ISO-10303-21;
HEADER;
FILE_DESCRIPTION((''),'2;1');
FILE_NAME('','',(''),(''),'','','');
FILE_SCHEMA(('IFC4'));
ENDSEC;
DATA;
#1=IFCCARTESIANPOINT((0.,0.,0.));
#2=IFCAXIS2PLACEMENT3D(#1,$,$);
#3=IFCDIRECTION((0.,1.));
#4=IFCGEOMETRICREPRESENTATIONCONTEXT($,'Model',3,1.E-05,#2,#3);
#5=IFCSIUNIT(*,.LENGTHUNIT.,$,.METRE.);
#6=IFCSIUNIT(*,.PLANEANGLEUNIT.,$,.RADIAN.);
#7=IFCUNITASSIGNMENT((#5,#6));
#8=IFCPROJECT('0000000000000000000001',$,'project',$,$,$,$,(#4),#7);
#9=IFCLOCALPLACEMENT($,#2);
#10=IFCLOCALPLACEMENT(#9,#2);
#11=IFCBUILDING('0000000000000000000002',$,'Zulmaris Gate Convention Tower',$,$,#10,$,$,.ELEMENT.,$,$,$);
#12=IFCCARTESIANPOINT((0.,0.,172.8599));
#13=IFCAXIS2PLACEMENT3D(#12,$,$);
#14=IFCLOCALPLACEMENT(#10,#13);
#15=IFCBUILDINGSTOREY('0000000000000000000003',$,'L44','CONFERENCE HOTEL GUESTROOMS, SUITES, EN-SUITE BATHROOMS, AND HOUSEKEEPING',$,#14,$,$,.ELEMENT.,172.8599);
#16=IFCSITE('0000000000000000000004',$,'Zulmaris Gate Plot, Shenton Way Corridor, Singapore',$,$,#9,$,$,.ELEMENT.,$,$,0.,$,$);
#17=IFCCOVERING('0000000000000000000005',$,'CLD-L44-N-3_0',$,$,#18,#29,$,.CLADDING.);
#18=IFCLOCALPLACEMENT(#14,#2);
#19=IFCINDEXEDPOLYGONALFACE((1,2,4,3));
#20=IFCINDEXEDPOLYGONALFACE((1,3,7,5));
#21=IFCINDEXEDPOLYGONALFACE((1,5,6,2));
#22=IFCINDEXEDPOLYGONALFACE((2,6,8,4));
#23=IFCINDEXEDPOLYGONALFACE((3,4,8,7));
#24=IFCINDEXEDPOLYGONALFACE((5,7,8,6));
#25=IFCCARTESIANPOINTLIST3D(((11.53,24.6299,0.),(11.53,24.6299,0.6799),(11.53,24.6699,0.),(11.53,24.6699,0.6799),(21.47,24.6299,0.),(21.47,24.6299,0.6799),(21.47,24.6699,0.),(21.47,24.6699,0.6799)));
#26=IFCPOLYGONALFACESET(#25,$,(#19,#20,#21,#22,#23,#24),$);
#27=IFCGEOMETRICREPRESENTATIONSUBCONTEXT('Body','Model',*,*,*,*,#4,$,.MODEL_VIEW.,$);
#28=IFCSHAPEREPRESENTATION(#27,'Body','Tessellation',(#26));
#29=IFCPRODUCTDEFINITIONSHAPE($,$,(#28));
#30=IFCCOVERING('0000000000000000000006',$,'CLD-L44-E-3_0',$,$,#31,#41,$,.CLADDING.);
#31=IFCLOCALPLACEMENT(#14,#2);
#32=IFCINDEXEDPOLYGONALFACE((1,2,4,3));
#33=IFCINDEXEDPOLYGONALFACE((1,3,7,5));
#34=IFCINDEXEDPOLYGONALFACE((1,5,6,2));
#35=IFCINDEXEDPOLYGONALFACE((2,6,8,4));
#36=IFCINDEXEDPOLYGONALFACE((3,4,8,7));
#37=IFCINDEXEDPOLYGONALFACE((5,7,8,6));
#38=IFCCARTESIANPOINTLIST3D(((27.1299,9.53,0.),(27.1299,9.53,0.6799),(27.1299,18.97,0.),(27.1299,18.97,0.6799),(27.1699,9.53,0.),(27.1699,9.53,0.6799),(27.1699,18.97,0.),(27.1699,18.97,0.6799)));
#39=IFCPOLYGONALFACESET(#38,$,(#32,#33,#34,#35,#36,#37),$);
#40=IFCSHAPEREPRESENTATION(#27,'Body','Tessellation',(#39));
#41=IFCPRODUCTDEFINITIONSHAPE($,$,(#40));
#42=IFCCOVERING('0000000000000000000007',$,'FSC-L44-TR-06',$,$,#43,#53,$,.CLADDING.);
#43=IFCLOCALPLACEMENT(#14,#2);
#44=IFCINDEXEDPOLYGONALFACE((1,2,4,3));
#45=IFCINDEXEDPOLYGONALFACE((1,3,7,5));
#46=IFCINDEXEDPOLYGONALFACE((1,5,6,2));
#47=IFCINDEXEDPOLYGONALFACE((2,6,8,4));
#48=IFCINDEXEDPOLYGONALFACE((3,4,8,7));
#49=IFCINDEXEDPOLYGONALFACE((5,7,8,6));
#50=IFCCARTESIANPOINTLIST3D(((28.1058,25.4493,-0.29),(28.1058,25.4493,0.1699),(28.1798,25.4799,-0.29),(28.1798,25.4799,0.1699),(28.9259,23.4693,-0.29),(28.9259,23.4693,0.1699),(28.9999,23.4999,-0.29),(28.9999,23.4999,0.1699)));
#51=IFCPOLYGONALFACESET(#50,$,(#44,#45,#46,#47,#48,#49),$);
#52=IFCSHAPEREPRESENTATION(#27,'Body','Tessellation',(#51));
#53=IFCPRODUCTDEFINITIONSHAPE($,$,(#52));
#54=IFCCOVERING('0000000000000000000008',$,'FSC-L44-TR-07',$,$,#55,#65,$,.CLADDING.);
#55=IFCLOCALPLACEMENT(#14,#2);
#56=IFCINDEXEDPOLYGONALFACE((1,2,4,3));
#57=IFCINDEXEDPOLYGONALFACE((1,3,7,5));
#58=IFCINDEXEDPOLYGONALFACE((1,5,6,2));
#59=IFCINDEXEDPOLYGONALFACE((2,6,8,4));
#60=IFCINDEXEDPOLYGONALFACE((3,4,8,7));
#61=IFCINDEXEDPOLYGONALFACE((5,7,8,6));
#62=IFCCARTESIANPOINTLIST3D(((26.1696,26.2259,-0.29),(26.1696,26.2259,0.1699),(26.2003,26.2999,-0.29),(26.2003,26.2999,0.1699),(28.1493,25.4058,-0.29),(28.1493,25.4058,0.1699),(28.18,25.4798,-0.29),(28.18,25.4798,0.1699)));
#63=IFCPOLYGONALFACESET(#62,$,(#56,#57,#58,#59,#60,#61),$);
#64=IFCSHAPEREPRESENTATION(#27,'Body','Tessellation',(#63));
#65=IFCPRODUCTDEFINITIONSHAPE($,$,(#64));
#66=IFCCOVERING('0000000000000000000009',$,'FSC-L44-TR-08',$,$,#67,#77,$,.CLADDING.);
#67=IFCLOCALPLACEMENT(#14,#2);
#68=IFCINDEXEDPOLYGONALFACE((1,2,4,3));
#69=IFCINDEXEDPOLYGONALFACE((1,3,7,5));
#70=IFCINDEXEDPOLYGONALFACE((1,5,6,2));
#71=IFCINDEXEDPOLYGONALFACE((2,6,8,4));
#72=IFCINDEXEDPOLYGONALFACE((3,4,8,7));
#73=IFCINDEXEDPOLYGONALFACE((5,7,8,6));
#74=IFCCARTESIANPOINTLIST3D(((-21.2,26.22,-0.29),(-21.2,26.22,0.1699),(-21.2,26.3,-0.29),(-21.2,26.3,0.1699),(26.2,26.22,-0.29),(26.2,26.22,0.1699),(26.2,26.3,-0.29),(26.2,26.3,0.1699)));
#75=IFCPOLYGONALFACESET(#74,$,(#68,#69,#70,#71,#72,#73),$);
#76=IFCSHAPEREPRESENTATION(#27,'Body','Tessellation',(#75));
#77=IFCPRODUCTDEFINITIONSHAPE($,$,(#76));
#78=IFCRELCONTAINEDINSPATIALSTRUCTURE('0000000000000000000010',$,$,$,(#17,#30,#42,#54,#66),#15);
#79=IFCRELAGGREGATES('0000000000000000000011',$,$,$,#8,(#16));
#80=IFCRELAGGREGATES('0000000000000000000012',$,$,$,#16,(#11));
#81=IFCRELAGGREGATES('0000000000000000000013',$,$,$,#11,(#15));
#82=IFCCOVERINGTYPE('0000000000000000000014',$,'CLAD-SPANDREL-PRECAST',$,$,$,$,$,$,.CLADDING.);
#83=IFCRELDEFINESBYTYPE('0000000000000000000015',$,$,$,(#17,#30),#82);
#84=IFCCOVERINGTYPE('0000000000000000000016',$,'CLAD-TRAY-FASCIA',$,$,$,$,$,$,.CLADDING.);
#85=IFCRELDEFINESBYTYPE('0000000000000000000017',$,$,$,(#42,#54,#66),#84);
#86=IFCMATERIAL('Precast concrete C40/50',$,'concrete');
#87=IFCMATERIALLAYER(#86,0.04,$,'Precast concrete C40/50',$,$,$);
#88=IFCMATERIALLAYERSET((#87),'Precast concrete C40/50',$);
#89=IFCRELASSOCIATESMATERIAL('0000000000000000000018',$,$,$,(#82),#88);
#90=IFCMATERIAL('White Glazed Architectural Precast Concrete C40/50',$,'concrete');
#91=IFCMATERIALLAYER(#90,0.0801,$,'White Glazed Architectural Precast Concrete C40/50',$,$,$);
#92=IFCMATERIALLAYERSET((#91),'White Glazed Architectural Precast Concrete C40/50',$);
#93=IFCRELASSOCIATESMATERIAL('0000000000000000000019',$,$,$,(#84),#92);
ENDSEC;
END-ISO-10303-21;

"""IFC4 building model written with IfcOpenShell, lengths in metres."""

from ifc_helpers import new_model, si_unit, direction, frame, frame_2d, origin, place, context, subcontext, project, spatial, rectangle, extrude, material, layer, layer_set, type_object, element, save


model = new_model("IFC4")

# Units and contexts
model_context = context("Model", 3, precision=1e-05, world=origin(), true_north=direction((0.0, 1.0)))
body_context = subcontext(model_context, "Body", "Model", "MODEL_VIEW")
ifc_project = project(units=[si_unit("LENGTHUNIT", "METRE"), si_unit("PLANEANGLEUNIT", "RADIAN")], contexts=[model_context])

# Site, building, storey
site_placement = place(None, origin())
site = spatial("IfcSite", under=ifc_project, at=site_placement, Name="Zulmaris Gate Plot, Shenton Way Corridor, Singapore", CompositionType="ELEMENT", RefElevation=0.0)
building_placement = place(site_placement, origin())
building = spatial("IfcBuilding", under=site, at=building_placement, Name="Zulmaris Gate Convention Tower", CompositionType="ELEMENT")
storey_placement = place(building_placement, frame((0.0, 0.0, 172.8599)))
storey = spatial("IfcBuildingStorey", under=building, at=storey_placement, Name="L44", Description="CONFERENCE HOTEL GUESTROOMS, SUITES, EN-SUITE BATHROOMS, AND HOUSEKEEPING", CompositionType="ELEMENT", Elevation=172.8599)

# Shared definitions
ifc_material_1 = material(Name="Precast concrete C40/50", Category="concrete")

# Coverings
ifc_layer_1 = layer(ifc_material_1, 0.04, Name="Precast concrete C40/50")
ifc_layer_set_1 = layer_set([ifc_layer_1], Name="Precast concrete C40/50")
covering_type_1 = type_object("IfcCoveringType", Name="CLAD-SPANDREL-PRECAST", PredefinedType="CLADDING", material=ifc_layer_set_1)
covering_1_placement = place(storey_placement, frame((21.47, 24.6499, 0.0), z_axis=(0.0, 0.0, 1.0), x_axis=(-1.0, 0.0, 0.0)))
element("IfcCovering", 1, at=covering_1_placement, inside=storey, type_object=covering_type_1, Name="CLD-L44-N-3_0", PredefinedType="CLADDING", context=body_context, shape_type="SweptSolid", body=[
    extrude(rectangle(XDim=9.9399, YDim=0.04, at=frame_2d((4.97, 0.0))), origin(), (0.0, 0.0, 1.0), 0.6799),
])
covering_2_placement = place(storey_placement, frame((27.1499, 9.53, 0.0), z_axis=(0.0, 0.0, 1.0), x_axis=(0.0, 1.0, 0.0)))
element("IfcCovering", 2, at=covering_2_placement, inside=storey, type_object=covering_type_1, Name="CLD-L44-E-3_0", PredefinedType="CLADDING", context=body_context, shape_type="SweptSolid", body=[
    extrude(rectangle(XDim=9.4399, YDim=0.04, at=frame_2d((4.72, 0.0))), origin(), (0.0, 0.0, 1.0), 0.6799),
])
ifc_material_2 = material(Name="White Glazed Architectural Precast Concrete C40/50", Category="concrete")
ifc_layer_2 = layer(ifc_material_2, 0.0801, Name="White Glazed Architectural Precast Concrete C40/50")
ifc_layer_set_2 = layer_set([ifc_layer_2], Name="White Glazed Architectural Precast Concrete C40/50")
covering_type_2 = type_object("IfcCoveringType", Name="CLAD-TRAY-FASCIA", PredefinedType="CLADDING", material=ifc_layer_set_2)
covering_3_placement = place(storey_placement, frame((28.9629, 23.4846, -0.29), z_axis=(0.0, 0.0, 1.0), x_axis=(-0.382657, 0.92389, 0.0)))
element("IfcCovering", 3, at=covering_3_placement, inside=storey, type_object=covering_type_2, Name="FSC-L44-TR-06", PredefinedType="CLADDING", context=body_context, shape_type="SweptSolid", body=[
    extrude(rectangle(XDim=2.1431, YDim=0.0801, at=frame_2d((1.0715, 0.0))), origin(), (0.0, 0.0, 1.0), 0.46),
])
covering_4_placement = place(storey_placement, frame((28.1646, 25.4429, -0.29), z_axis=(0.0, 0.0, 1.0), x_axis=(-0.923874, 0.382697, 0.0)))
element("IfcCovering", 4, at=covering_4_placement, inside=storey, type_object=covering_type_2, Name="FSC-L44-TR-07", PredefinedType="CLADDING", context=body_context, shape_type="SweptSolid", body=[
    extrude(rectangle(XDim=2.1428, YDim=0.0801, at=frame_2d((1.0713, 0.0))), origin(), (0.0, 0.0, 1.0), 0.46),
])
covering_5_placement = place(storey_placement, frame((26.2, 26.26, -0.29), z_axis=(0.0, 0.0, 1.0), x_axis=(-1.0, 0.0, 0.0)))
element("IfcCovering", 5, at=covering_5_placement, inside=storey, type_object=covering_type_2, Name="FSC-L44-TR-08", PredefinedType="CLADDING", context=body_context, shape_type="SweptSolid", body=[
    extrude(rectangle(XDim=47.3999, YDim=0.0801, at=frame_2d((23.7, 0.0))), origin(), (0.0, 0.0, 1.0), 0.46),
])

save(model, "model.ifc")
